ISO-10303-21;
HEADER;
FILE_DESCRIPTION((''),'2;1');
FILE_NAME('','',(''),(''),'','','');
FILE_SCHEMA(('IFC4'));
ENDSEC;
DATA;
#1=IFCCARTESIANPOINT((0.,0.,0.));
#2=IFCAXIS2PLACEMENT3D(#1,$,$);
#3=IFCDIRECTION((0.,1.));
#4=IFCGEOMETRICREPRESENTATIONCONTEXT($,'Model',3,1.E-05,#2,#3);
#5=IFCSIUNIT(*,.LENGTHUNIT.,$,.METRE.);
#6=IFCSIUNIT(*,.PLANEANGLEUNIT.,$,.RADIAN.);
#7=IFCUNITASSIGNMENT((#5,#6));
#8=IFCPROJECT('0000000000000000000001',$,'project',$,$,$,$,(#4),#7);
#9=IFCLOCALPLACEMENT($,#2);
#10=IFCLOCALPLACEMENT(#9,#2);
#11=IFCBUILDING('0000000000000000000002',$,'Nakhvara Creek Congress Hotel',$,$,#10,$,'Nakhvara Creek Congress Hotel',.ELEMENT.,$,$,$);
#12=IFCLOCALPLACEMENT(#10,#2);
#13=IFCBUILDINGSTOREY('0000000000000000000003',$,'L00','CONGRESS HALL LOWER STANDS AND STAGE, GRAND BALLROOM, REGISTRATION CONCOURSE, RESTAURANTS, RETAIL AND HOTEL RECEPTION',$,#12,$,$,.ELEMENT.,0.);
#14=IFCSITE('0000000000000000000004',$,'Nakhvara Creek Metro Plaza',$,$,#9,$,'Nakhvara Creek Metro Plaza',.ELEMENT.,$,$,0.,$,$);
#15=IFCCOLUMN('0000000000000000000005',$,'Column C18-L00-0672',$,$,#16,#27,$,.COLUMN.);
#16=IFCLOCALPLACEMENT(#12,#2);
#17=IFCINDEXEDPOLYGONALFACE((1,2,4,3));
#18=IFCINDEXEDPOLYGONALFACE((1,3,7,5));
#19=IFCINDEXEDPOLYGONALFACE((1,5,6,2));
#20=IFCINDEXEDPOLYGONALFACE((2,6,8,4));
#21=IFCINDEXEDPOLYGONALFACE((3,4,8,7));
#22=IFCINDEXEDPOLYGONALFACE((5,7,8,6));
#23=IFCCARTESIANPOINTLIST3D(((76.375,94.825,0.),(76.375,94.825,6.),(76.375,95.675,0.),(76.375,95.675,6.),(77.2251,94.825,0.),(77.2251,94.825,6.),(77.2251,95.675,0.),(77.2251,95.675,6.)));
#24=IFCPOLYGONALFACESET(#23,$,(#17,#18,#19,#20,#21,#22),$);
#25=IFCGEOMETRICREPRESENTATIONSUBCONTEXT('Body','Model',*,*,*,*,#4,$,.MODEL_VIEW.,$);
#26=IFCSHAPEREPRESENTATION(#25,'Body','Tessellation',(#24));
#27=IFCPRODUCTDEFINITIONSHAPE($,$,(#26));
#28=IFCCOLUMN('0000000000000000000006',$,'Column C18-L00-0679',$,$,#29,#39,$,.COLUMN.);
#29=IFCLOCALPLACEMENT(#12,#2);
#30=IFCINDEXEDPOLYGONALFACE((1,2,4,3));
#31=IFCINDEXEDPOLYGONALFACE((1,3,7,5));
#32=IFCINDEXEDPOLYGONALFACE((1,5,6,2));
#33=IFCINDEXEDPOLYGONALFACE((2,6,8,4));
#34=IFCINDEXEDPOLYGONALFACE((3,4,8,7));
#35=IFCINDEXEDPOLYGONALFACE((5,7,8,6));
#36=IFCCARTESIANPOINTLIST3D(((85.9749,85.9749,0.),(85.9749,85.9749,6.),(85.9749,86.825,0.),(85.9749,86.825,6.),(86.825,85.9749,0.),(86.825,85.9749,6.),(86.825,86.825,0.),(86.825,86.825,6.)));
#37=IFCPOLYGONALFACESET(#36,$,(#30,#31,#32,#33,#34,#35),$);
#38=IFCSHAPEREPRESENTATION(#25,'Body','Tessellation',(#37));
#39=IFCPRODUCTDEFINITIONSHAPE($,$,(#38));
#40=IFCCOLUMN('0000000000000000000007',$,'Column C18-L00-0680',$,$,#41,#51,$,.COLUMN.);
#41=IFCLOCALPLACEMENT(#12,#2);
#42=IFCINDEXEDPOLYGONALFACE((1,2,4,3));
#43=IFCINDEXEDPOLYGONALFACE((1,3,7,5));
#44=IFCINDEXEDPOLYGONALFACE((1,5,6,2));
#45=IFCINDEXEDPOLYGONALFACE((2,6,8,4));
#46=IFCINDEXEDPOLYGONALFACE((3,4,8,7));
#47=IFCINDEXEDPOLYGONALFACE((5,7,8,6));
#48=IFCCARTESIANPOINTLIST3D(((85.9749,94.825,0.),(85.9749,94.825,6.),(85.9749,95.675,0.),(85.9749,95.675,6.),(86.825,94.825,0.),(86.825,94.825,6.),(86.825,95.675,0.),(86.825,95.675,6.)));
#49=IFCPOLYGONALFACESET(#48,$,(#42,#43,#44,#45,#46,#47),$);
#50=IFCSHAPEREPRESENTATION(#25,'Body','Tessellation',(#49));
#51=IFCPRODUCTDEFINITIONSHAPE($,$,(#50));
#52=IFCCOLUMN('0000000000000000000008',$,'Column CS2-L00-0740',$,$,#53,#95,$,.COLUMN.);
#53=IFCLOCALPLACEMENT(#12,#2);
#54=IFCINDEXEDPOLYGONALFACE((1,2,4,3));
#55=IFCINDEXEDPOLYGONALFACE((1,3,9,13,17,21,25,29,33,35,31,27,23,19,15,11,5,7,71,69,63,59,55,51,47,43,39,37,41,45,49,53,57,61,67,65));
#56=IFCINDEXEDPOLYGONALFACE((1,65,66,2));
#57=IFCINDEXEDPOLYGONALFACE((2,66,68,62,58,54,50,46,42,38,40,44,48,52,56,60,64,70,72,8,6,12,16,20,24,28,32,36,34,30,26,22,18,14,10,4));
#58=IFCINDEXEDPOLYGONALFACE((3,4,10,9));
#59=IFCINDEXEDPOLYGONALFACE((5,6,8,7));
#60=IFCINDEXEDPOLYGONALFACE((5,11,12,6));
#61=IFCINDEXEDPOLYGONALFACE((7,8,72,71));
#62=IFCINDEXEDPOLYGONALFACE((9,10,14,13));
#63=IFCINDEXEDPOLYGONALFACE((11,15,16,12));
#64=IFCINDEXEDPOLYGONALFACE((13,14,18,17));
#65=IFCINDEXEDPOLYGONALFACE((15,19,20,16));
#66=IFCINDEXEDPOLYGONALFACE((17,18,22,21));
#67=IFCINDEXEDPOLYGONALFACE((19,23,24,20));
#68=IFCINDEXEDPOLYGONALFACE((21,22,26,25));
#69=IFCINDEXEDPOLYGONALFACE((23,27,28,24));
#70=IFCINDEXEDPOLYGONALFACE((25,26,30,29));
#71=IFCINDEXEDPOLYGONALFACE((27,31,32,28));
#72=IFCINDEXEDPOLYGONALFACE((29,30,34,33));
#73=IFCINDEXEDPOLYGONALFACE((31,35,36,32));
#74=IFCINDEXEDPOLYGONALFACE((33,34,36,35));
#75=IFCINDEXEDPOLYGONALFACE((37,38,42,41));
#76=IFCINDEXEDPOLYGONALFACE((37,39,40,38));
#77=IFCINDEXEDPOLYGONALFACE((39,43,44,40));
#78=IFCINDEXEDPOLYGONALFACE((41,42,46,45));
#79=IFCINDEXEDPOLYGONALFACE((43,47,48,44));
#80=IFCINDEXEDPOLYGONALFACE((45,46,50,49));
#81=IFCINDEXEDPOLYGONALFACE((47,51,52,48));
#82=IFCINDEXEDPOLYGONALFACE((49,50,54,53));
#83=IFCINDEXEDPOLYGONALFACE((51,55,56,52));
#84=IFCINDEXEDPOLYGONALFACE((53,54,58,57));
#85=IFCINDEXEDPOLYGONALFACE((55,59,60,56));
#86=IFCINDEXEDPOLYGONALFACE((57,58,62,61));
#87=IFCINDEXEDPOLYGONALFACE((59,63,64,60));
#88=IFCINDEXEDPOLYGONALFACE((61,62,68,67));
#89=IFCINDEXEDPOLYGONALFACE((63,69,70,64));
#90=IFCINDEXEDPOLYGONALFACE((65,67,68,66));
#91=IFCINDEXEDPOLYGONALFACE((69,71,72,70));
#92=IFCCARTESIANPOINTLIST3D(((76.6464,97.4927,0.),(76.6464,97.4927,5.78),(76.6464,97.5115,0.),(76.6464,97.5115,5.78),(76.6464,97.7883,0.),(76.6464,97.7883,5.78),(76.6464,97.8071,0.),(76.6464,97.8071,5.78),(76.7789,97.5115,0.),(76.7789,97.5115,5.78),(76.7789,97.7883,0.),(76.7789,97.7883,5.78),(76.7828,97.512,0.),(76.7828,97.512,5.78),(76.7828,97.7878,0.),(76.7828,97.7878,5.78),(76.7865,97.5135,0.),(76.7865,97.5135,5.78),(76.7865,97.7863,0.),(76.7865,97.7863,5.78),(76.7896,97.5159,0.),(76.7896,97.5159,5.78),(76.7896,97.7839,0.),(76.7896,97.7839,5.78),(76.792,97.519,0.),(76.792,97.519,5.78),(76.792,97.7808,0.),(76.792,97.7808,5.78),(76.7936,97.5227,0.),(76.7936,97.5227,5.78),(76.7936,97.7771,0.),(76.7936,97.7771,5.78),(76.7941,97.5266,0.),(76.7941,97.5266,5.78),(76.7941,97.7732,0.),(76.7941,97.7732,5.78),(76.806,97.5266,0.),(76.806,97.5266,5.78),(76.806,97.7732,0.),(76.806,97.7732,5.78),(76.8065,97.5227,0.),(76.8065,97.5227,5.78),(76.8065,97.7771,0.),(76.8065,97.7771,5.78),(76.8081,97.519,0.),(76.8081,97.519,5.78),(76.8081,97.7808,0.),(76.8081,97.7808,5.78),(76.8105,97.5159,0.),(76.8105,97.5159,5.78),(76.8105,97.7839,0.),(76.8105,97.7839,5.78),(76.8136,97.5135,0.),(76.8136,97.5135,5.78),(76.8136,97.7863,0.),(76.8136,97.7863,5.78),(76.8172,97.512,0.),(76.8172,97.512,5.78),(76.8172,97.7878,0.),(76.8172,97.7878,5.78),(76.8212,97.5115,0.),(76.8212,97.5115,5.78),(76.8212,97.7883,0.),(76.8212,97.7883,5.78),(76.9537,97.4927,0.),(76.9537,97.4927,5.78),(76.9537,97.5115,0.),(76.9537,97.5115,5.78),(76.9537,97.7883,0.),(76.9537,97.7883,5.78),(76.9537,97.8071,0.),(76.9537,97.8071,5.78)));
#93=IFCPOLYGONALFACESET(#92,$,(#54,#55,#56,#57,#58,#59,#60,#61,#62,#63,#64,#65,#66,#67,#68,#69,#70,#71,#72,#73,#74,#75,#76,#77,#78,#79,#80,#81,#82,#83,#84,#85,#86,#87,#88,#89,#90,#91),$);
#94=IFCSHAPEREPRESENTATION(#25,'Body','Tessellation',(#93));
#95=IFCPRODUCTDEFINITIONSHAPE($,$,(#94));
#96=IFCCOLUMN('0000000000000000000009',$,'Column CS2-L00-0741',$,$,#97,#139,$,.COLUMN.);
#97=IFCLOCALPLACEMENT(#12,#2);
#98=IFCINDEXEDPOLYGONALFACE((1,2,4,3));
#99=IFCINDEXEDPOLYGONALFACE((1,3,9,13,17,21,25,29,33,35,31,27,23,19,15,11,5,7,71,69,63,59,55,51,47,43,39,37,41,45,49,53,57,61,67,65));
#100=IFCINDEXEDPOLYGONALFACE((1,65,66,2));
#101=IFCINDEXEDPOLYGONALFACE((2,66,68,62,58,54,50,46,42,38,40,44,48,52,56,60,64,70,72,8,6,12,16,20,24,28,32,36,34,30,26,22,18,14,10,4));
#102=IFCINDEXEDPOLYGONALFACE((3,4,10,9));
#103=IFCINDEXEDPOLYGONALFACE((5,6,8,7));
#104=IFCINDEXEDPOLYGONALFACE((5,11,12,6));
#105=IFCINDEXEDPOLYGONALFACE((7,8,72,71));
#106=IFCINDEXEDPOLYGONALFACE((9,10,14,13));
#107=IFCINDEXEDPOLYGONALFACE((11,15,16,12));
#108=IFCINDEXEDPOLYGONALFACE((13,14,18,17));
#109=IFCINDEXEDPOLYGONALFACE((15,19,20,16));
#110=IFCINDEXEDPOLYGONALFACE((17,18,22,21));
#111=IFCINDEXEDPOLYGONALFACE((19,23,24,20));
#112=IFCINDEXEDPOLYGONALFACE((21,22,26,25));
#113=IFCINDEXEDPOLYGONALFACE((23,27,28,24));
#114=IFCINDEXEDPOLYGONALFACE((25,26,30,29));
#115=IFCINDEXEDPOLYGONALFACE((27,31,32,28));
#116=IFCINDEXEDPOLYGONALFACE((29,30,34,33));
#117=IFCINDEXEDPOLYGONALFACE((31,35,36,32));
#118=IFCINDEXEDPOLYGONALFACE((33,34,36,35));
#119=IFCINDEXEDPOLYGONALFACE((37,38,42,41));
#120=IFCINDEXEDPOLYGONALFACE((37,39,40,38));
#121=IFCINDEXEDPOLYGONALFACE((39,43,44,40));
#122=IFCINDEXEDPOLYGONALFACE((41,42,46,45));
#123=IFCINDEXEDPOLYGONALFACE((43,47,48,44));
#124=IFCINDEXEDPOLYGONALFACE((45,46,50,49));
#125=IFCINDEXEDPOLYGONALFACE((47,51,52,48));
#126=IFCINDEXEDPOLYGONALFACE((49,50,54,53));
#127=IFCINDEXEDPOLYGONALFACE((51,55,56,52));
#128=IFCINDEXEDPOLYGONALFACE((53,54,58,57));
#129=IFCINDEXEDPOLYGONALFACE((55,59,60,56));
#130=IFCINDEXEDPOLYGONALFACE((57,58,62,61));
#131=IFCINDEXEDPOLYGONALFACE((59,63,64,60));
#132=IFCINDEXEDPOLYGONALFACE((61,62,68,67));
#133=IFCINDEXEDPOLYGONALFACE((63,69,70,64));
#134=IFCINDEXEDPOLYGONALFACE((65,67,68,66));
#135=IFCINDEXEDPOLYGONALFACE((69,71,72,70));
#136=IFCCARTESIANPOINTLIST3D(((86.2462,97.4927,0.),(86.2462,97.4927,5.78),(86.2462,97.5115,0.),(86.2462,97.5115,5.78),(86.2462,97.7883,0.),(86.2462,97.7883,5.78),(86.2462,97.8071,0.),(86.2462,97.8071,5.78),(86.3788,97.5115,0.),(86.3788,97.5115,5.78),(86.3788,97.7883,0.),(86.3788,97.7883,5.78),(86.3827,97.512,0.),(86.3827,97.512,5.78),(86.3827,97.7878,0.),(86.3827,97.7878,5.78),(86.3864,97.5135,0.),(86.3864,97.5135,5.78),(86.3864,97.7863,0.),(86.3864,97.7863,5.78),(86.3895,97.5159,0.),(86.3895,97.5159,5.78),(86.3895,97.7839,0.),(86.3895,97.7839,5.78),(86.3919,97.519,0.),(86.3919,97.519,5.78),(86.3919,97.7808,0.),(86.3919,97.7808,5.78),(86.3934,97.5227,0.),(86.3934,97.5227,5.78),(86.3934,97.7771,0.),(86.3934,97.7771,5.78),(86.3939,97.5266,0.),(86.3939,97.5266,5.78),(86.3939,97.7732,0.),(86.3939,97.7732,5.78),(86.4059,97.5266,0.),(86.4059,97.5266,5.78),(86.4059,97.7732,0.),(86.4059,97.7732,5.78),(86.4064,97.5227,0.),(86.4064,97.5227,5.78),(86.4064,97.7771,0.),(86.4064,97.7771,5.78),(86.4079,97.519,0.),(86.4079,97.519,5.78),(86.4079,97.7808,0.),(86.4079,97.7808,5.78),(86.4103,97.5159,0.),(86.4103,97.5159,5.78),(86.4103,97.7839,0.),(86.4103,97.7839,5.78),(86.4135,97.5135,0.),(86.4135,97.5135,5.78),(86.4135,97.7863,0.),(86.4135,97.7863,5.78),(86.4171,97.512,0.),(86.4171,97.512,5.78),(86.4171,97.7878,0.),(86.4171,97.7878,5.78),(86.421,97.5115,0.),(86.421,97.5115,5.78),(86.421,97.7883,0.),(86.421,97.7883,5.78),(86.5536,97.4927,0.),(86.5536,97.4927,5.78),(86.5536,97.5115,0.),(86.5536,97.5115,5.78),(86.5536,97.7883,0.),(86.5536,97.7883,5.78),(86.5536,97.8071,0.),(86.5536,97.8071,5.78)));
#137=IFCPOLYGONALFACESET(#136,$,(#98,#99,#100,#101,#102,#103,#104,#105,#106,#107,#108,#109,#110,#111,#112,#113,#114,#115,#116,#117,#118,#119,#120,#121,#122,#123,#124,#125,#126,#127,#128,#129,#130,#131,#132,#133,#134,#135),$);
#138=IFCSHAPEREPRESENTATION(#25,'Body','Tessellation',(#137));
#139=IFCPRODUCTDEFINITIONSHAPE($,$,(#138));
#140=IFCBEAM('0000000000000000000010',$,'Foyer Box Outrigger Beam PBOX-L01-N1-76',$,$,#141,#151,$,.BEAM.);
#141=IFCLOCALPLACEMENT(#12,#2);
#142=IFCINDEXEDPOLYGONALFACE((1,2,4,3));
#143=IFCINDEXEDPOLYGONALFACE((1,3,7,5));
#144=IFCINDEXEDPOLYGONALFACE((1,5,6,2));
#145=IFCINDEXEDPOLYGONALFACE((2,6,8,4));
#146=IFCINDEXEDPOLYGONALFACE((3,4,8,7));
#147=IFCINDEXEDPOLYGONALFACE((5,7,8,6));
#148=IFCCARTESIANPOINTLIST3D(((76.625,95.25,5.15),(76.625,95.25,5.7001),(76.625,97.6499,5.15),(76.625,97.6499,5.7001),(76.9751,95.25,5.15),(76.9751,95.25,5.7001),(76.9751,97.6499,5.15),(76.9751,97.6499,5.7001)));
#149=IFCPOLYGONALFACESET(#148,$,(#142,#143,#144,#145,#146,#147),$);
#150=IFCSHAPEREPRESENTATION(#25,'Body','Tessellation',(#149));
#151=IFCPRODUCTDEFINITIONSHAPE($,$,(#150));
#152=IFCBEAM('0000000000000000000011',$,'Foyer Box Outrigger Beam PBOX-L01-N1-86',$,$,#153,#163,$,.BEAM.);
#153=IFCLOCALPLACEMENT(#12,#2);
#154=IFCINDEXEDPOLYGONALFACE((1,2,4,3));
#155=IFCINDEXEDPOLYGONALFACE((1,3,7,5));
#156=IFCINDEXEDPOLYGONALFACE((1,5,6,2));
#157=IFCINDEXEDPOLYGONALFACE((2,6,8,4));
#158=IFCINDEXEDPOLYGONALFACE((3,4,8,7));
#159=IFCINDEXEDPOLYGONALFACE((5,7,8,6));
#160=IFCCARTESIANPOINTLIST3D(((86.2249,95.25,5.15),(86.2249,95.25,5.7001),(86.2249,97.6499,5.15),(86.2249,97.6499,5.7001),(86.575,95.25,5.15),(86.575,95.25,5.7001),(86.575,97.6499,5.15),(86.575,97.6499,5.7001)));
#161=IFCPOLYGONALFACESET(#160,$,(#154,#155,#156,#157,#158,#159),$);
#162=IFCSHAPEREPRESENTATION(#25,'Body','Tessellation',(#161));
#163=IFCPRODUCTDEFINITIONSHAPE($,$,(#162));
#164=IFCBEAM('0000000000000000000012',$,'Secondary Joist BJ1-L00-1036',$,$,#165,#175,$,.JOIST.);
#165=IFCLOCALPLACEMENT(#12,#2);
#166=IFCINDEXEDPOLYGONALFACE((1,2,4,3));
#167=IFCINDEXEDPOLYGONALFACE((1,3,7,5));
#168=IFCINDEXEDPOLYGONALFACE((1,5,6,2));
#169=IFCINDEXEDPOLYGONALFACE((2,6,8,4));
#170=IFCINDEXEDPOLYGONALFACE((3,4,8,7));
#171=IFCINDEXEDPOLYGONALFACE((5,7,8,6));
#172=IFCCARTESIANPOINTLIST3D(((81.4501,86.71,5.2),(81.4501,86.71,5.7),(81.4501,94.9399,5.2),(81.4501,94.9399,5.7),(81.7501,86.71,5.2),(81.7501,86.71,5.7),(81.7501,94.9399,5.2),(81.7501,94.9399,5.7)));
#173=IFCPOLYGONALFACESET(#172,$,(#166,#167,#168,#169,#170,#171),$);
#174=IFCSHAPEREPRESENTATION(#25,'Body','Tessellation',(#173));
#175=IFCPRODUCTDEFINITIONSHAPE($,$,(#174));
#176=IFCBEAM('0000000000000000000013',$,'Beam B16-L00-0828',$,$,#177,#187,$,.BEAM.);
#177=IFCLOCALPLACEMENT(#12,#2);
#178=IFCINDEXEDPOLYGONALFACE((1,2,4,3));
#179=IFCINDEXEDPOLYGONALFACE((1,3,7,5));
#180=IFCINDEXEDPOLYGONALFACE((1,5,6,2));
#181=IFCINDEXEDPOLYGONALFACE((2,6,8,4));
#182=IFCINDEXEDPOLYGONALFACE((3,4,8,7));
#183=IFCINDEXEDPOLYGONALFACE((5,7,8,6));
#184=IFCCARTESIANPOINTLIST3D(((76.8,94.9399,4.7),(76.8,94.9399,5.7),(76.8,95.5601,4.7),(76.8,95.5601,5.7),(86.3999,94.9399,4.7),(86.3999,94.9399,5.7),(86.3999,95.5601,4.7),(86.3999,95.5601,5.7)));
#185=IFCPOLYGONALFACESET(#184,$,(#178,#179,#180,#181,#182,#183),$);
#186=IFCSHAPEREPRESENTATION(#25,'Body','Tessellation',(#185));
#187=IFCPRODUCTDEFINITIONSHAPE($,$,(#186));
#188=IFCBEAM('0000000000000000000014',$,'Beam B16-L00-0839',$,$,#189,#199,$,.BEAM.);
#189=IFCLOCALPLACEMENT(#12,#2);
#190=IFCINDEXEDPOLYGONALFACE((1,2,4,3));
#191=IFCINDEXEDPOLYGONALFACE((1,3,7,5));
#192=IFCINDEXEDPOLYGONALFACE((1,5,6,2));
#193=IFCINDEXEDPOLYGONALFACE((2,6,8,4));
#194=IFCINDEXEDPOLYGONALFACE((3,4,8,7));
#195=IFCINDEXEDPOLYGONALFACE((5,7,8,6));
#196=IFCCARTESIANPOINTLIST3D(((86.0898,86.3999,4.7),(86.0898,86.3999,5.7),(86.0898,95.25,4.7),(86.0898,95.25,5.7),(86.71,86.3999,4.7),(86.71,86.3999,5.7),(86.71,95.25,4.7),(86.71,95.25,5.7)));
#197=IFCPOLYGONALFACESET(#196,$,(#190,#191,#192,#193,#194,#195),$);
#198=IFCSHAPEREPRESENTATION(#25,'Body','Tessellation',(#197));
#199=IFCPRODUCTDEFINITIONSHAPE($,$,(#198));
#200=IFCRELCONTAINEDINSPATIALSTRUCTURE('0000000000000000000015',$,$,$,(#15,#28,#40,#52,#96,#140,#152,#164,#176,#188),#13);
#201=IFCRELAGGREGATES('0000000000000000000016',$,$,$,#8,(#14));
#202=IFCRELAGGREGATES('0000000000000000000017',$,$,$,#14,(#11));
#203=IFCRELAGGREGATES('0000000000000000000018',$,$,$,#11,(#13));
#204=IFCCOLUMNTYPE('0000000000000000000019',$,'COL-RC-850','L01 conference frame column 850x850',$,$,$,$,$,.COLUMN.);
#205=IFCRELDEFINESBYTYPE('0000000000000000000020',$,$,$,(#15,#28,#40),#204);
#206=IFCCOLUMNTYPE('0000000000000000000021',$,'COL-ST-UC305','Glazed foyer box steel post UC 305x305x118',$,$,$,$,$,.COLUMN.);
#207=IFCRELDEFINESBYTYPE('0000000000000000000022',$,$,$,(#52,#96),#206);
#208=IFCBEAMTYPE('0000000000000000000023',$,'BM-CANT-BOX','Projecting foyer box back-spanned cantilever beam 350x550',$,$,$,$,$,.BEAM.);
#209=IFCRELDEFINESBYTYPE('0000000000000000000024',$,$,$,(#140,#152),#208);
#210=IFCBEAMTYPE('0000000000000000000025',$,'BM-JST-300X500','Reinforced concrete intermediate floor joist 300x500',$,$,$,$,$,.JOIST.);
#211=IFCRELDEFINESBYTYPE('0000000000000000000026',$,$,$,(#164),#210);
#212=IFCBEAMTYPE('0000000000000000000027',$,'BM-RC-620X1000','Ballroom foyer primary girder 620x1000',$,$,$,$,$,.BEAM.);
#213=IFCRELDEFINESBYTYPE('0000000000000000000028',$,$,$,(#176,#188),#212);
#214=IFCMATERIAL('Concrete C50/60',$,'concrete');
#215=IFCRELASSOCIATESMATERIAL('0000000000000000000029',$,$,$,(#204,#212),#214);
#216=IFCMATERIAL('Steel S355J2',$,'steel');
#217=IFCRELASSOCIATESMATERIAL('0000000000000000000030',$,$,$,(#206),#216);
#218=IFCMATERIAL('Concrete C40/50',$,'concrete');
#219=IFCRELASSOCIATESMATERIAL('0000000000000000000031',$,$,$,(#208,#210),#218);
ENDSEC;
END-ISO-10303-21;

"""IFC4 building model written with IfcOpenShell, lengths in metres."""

from ifc_helpers import new_model, si_unit, direction, frame, origin, origin_2d, place, context, subcontext, project, spatial, rectangle, i_section, extrude, material, material_profile, profile_set, type_object, element, save


model = new_model("IFC4")

# Units and contexts
model_context = context("Model", 3, precision=1e-05, world=origin(), true_north=direction((0.0, 1.0)))
body_context = subcontext(model_context, "Body", "Model", "MODEL_VIEW")
ifc_project = project(units=[si_unit("LENGTHUNIT", "METRE"), si_unit("PLANEANGLEUNIT", "RADIAN")], contexts=[model_context])

# Site, building, storey
site_placement = place(None, origin())
site = spatial("IfcSite", under=ifc_project, at=site_placement, Name="Nakhvara Creek Metro Plaza", LongName="Nakhvara Creek Metro Plaza", CompositionType="ELEMENT", RefElevation=0.0)
building_placement = place(site_placement, origin())
building = spatial("IfcBuilding", under=site, at=building_placement, Name="Nakhvara Creek Congress Hotel", LongName="Nakhvara Creek Congress Hotel", CompositionType="ELEMENT")
storey_placement = place(building_placement, origin())
storey = spatial("IfcBuildingStorey", under=building, at=storey_placement, Name="L00", Description="CONGRESS HALL LOWER STANDS AND STAGE, GRAND BALLROOM, REGISTRATION CONCOURSE, RESTAURANTS, RETAIL AND HOTEL RECEPTION", CompositionType="ELEMENT", Elevation=0.0)

# Columns
ifc_material_1 = material(Name="Concrete C50/60", Category="concrete")
ifc_material_profile_1 = material_profile(ifc_material_1, rectangle(XDim=0.8501, YDim=0.8501, at=origin_2d()), Name="RC-COL 850x850", Category="LoadBearing")
ifc_profile_set_1 = profile_set([ifc_material_profile_1], Name="Concrete C50/60")
column_type_1 = type_object("IfcColumnType", Name="COL-RC-850", Description="L01 conference frame column 850x850", PredefinedType="COLUMN", material=ifc_profile_set_1)
for number, where, z_axis, x_axis, name in (
    (1, (76.8, 95.25, 0.0), (0.0, 0.0, 1.0), (1.0, 0.0, 0.0), "Column C18-L00-0672"),
    (2, (86.3999, 86.3999, 0.0), (0.0, 0.0, 1.0), (1.0, 0.0, 0.0), "Column C18-L00-0679"),
    (3, (86.3999, 95.25, 0.0), (0.0, 0.0, 1.0), (1.0, 0.0, 0.0), "Column C18-L00-0680"),
):
    element("IfcColumn", number, at=place(storey_placement, frame(where, z_axis=z_axis, x_axis=x_axis)), inside=storey, type_object=column_type_1, Name=name, PredefinedType="COLUMN", context=body_context, shape_type="SweptSolid", body=[
        extrude(rectangle(XDim=0.8501, YDim=0.8501, at=origin_2d()), origin(), (0.0, 0.0, 1.0), 6.0),
    ])
ifc_material_2 = material(Name="Steel S355J2", Category="steel")
ifc_material_profile_2 = material_profile(ifc_material_2, i_section(OverallWidth=0.3074, OverallDepth=0.3145, WebThickness=0.012, FlangeThickness=0.0188, FilletRadius=0.0151, at=origin_2d()), Name="UC 305x305x118", Category="LoadBearing")
ifc_profile_set_2 = profile_set([ifc_material_profile_2], Name="Steel S355J2")
column_type_2 = type_object("IfcColumnType", Name="COL-ST-UC305", Description="Glazed foyer box steel post UC 305x305x118", PredefinedType="COLUMN", material=ifc_profile_set_2)
for number, where, z_axis, x_axis, name in (
    (4, (76.8, 97.6499, 0.0), (0.0, 0.0, 1.0), (1.0, 0.0, 0.0), "Column CS2-L00-0740"),
    (5, (86.3999, 97.6499, 0.0), (0.0, 0.0, 1.0), (1.0, 0.0, 0.0), "Column CS2-L00-0741"),
):
    element("IfcColumn", number, at=place(storey_placement, frame(where, z_axis=z_axis, x_axis=x_axis)), inside=storey, type_object=column_type_2, Name=name, PredefinedType="COLUMN", context=body_context, shape_type="SweptSolid", body=[
        extrude(i_section(OverallWidth=0.3074, OverallDepth=0.3145, WebThickness=0.012, FlangeThickness=0.0188, FilletRadius=0.0151, at=origin_2d()), origin(), (0.0, 0.0, 1.0), 5.78),
    ])

# Beams
ifc_material_3 = material(Name="Concrete C40/50", Category="concrete")
ifc_material_profile_3 = material_profile(ifc_material_3, rectangle(XDim=0.3501, YDim=0.55, at=origin_2d()), Name="RC-BM 350x550", Category="LoadBearing")
ifc_profile_set_3 = profile_set([ifc_material_profile_3], Name="Concrete C40/50")
beam_type_1 = type_object("IfcBeamType", Name="BM-CANT-BOX", Description="Projecting foyer box back-spanned cantilever beam 350x550", PredefinedType="BEAM", material=ifc_profile_set_3)
for number, where, z_axis, x_axis, name in (
    (6, (76.8, 95.25, 5.425), (0.0, 1.0, 0.0), (-1.0, 0.0, 0.0), "Foyer Box Outrigger Beam PBOX-L01-N1-76"),
    (7, (86.3999, 95.25, 5.425), (0.0, 1.0, 0.0), (-1.0, 0.0, 0.0), "Foyer Box Outrigger Beam PBOX-L01-N1-86"),
):
    element("IfcBeam", number, at=place(storey_placement, frame(where, z_axis=z_axis, x_axis=x_axis)), inside=storey, type_object=beam_type_1, Name=name, PredefinedType="BEAM", context=body_context, shape_type="SweptSolid", body=[
        extrude(rectangle(XDim=0.3501, YDim=0.55, at=origin_2d()), origin(), (0.0, 0.0, 1.0), 2.3999),
    ])
ifc_material_profile_4 = material_profile(ifc_material_3, rectangle(XDim=0.3, YDim=0.5, at=origin_2d()), Name="RC-BM 300x500", Category="LoadBearing")
ifc_profile_set_4 = profile_set([ifc_material_profile_4], Name="Concrete C40/50")
beam_type_2 = type_object("IfcBeamType", Name="BM-JST-300X500", Description="Reinforced concrete intermediate floor joist 300x500", PredefinedType="JOIST", material=ifc_profile_set_4)
beam_1_placement = place(storey_placement, frame((81.6001, 86.71, 5.45), z_axis=(0.0, 1.0, 0.0), x_axis=(-1.0, 0.0, 0.0)))
element("IfcBeam", 8, at=beam_1_placement, inside=storey, type_object=beam_type_2, Name="Secondary Joist BJ1-L00-1036", PredefinedType="JOIST", context=body_context, shape_type="SweptSolid", body=[
    extrude(rectangle(XDim=0.3, YDim=0.5, at=origin_2d()), origin(), (0.0, 0.0, 1.0), 8.23),
])
ifc_material_profile_5 = material_profile(ifc_material_1, rectangle(XDim=0.6201, YDim=1.0, at=origin_2d()), Name="RC-BM 620x1000", Category="LoadBearing")
ifc_profile_set_5 = profile_set([ifc_material_profile_5], Name="Concrete C50/60")
beam_type_3 = type_object("IfcBeamType", Name="BM-RC-620X1000", Description="Ballroom foyer primary girder 620x1000", PredefinedType="BEAM", material=ifc_profile_set_5)
beam_2_placement = place(storey_placement, frame((76.8, 95.25, 5.2), z_axis=(1.0, 0.0, 0.0), x_axis=(0.0, 1.0, 0.0)))
element("IfcBeam", 9, at=beam_2_placement, inside=storey, type_object=beam_type_3, Name="Beam B16-L00-0828", PredefinedType="BEAM", context=body_context, shape_type="SweptSolid", body=[
    extrude(rectangle(XDim=0.6201, YDim=1.0, at=origin_2d()), origin(), (0.0, 0.0, 1.0), 9.5999),
])
beam_3_placement = place(storey_placement, frame((86.3999, 86.3999, 5.2), z_axis=(0.0, 1.0, 0.0), x_axis=(-1.0, 0.0, 0.0)))
element("IfcBeam", 10, at=beam_3_placement, inside=storey, type_object=beam_type_3, Name="Beam B16-L00-0839", PredefinedType="BEAM", context=body_context, shape_type="SweptSolid", body=[
    extrude(rectangle(XDim=0.6201, YDim=1.0, at=origin_2d()), origin(), (0.0, 0.0, 1.0), 8.8501),
])

save(model, "model.ifc")
